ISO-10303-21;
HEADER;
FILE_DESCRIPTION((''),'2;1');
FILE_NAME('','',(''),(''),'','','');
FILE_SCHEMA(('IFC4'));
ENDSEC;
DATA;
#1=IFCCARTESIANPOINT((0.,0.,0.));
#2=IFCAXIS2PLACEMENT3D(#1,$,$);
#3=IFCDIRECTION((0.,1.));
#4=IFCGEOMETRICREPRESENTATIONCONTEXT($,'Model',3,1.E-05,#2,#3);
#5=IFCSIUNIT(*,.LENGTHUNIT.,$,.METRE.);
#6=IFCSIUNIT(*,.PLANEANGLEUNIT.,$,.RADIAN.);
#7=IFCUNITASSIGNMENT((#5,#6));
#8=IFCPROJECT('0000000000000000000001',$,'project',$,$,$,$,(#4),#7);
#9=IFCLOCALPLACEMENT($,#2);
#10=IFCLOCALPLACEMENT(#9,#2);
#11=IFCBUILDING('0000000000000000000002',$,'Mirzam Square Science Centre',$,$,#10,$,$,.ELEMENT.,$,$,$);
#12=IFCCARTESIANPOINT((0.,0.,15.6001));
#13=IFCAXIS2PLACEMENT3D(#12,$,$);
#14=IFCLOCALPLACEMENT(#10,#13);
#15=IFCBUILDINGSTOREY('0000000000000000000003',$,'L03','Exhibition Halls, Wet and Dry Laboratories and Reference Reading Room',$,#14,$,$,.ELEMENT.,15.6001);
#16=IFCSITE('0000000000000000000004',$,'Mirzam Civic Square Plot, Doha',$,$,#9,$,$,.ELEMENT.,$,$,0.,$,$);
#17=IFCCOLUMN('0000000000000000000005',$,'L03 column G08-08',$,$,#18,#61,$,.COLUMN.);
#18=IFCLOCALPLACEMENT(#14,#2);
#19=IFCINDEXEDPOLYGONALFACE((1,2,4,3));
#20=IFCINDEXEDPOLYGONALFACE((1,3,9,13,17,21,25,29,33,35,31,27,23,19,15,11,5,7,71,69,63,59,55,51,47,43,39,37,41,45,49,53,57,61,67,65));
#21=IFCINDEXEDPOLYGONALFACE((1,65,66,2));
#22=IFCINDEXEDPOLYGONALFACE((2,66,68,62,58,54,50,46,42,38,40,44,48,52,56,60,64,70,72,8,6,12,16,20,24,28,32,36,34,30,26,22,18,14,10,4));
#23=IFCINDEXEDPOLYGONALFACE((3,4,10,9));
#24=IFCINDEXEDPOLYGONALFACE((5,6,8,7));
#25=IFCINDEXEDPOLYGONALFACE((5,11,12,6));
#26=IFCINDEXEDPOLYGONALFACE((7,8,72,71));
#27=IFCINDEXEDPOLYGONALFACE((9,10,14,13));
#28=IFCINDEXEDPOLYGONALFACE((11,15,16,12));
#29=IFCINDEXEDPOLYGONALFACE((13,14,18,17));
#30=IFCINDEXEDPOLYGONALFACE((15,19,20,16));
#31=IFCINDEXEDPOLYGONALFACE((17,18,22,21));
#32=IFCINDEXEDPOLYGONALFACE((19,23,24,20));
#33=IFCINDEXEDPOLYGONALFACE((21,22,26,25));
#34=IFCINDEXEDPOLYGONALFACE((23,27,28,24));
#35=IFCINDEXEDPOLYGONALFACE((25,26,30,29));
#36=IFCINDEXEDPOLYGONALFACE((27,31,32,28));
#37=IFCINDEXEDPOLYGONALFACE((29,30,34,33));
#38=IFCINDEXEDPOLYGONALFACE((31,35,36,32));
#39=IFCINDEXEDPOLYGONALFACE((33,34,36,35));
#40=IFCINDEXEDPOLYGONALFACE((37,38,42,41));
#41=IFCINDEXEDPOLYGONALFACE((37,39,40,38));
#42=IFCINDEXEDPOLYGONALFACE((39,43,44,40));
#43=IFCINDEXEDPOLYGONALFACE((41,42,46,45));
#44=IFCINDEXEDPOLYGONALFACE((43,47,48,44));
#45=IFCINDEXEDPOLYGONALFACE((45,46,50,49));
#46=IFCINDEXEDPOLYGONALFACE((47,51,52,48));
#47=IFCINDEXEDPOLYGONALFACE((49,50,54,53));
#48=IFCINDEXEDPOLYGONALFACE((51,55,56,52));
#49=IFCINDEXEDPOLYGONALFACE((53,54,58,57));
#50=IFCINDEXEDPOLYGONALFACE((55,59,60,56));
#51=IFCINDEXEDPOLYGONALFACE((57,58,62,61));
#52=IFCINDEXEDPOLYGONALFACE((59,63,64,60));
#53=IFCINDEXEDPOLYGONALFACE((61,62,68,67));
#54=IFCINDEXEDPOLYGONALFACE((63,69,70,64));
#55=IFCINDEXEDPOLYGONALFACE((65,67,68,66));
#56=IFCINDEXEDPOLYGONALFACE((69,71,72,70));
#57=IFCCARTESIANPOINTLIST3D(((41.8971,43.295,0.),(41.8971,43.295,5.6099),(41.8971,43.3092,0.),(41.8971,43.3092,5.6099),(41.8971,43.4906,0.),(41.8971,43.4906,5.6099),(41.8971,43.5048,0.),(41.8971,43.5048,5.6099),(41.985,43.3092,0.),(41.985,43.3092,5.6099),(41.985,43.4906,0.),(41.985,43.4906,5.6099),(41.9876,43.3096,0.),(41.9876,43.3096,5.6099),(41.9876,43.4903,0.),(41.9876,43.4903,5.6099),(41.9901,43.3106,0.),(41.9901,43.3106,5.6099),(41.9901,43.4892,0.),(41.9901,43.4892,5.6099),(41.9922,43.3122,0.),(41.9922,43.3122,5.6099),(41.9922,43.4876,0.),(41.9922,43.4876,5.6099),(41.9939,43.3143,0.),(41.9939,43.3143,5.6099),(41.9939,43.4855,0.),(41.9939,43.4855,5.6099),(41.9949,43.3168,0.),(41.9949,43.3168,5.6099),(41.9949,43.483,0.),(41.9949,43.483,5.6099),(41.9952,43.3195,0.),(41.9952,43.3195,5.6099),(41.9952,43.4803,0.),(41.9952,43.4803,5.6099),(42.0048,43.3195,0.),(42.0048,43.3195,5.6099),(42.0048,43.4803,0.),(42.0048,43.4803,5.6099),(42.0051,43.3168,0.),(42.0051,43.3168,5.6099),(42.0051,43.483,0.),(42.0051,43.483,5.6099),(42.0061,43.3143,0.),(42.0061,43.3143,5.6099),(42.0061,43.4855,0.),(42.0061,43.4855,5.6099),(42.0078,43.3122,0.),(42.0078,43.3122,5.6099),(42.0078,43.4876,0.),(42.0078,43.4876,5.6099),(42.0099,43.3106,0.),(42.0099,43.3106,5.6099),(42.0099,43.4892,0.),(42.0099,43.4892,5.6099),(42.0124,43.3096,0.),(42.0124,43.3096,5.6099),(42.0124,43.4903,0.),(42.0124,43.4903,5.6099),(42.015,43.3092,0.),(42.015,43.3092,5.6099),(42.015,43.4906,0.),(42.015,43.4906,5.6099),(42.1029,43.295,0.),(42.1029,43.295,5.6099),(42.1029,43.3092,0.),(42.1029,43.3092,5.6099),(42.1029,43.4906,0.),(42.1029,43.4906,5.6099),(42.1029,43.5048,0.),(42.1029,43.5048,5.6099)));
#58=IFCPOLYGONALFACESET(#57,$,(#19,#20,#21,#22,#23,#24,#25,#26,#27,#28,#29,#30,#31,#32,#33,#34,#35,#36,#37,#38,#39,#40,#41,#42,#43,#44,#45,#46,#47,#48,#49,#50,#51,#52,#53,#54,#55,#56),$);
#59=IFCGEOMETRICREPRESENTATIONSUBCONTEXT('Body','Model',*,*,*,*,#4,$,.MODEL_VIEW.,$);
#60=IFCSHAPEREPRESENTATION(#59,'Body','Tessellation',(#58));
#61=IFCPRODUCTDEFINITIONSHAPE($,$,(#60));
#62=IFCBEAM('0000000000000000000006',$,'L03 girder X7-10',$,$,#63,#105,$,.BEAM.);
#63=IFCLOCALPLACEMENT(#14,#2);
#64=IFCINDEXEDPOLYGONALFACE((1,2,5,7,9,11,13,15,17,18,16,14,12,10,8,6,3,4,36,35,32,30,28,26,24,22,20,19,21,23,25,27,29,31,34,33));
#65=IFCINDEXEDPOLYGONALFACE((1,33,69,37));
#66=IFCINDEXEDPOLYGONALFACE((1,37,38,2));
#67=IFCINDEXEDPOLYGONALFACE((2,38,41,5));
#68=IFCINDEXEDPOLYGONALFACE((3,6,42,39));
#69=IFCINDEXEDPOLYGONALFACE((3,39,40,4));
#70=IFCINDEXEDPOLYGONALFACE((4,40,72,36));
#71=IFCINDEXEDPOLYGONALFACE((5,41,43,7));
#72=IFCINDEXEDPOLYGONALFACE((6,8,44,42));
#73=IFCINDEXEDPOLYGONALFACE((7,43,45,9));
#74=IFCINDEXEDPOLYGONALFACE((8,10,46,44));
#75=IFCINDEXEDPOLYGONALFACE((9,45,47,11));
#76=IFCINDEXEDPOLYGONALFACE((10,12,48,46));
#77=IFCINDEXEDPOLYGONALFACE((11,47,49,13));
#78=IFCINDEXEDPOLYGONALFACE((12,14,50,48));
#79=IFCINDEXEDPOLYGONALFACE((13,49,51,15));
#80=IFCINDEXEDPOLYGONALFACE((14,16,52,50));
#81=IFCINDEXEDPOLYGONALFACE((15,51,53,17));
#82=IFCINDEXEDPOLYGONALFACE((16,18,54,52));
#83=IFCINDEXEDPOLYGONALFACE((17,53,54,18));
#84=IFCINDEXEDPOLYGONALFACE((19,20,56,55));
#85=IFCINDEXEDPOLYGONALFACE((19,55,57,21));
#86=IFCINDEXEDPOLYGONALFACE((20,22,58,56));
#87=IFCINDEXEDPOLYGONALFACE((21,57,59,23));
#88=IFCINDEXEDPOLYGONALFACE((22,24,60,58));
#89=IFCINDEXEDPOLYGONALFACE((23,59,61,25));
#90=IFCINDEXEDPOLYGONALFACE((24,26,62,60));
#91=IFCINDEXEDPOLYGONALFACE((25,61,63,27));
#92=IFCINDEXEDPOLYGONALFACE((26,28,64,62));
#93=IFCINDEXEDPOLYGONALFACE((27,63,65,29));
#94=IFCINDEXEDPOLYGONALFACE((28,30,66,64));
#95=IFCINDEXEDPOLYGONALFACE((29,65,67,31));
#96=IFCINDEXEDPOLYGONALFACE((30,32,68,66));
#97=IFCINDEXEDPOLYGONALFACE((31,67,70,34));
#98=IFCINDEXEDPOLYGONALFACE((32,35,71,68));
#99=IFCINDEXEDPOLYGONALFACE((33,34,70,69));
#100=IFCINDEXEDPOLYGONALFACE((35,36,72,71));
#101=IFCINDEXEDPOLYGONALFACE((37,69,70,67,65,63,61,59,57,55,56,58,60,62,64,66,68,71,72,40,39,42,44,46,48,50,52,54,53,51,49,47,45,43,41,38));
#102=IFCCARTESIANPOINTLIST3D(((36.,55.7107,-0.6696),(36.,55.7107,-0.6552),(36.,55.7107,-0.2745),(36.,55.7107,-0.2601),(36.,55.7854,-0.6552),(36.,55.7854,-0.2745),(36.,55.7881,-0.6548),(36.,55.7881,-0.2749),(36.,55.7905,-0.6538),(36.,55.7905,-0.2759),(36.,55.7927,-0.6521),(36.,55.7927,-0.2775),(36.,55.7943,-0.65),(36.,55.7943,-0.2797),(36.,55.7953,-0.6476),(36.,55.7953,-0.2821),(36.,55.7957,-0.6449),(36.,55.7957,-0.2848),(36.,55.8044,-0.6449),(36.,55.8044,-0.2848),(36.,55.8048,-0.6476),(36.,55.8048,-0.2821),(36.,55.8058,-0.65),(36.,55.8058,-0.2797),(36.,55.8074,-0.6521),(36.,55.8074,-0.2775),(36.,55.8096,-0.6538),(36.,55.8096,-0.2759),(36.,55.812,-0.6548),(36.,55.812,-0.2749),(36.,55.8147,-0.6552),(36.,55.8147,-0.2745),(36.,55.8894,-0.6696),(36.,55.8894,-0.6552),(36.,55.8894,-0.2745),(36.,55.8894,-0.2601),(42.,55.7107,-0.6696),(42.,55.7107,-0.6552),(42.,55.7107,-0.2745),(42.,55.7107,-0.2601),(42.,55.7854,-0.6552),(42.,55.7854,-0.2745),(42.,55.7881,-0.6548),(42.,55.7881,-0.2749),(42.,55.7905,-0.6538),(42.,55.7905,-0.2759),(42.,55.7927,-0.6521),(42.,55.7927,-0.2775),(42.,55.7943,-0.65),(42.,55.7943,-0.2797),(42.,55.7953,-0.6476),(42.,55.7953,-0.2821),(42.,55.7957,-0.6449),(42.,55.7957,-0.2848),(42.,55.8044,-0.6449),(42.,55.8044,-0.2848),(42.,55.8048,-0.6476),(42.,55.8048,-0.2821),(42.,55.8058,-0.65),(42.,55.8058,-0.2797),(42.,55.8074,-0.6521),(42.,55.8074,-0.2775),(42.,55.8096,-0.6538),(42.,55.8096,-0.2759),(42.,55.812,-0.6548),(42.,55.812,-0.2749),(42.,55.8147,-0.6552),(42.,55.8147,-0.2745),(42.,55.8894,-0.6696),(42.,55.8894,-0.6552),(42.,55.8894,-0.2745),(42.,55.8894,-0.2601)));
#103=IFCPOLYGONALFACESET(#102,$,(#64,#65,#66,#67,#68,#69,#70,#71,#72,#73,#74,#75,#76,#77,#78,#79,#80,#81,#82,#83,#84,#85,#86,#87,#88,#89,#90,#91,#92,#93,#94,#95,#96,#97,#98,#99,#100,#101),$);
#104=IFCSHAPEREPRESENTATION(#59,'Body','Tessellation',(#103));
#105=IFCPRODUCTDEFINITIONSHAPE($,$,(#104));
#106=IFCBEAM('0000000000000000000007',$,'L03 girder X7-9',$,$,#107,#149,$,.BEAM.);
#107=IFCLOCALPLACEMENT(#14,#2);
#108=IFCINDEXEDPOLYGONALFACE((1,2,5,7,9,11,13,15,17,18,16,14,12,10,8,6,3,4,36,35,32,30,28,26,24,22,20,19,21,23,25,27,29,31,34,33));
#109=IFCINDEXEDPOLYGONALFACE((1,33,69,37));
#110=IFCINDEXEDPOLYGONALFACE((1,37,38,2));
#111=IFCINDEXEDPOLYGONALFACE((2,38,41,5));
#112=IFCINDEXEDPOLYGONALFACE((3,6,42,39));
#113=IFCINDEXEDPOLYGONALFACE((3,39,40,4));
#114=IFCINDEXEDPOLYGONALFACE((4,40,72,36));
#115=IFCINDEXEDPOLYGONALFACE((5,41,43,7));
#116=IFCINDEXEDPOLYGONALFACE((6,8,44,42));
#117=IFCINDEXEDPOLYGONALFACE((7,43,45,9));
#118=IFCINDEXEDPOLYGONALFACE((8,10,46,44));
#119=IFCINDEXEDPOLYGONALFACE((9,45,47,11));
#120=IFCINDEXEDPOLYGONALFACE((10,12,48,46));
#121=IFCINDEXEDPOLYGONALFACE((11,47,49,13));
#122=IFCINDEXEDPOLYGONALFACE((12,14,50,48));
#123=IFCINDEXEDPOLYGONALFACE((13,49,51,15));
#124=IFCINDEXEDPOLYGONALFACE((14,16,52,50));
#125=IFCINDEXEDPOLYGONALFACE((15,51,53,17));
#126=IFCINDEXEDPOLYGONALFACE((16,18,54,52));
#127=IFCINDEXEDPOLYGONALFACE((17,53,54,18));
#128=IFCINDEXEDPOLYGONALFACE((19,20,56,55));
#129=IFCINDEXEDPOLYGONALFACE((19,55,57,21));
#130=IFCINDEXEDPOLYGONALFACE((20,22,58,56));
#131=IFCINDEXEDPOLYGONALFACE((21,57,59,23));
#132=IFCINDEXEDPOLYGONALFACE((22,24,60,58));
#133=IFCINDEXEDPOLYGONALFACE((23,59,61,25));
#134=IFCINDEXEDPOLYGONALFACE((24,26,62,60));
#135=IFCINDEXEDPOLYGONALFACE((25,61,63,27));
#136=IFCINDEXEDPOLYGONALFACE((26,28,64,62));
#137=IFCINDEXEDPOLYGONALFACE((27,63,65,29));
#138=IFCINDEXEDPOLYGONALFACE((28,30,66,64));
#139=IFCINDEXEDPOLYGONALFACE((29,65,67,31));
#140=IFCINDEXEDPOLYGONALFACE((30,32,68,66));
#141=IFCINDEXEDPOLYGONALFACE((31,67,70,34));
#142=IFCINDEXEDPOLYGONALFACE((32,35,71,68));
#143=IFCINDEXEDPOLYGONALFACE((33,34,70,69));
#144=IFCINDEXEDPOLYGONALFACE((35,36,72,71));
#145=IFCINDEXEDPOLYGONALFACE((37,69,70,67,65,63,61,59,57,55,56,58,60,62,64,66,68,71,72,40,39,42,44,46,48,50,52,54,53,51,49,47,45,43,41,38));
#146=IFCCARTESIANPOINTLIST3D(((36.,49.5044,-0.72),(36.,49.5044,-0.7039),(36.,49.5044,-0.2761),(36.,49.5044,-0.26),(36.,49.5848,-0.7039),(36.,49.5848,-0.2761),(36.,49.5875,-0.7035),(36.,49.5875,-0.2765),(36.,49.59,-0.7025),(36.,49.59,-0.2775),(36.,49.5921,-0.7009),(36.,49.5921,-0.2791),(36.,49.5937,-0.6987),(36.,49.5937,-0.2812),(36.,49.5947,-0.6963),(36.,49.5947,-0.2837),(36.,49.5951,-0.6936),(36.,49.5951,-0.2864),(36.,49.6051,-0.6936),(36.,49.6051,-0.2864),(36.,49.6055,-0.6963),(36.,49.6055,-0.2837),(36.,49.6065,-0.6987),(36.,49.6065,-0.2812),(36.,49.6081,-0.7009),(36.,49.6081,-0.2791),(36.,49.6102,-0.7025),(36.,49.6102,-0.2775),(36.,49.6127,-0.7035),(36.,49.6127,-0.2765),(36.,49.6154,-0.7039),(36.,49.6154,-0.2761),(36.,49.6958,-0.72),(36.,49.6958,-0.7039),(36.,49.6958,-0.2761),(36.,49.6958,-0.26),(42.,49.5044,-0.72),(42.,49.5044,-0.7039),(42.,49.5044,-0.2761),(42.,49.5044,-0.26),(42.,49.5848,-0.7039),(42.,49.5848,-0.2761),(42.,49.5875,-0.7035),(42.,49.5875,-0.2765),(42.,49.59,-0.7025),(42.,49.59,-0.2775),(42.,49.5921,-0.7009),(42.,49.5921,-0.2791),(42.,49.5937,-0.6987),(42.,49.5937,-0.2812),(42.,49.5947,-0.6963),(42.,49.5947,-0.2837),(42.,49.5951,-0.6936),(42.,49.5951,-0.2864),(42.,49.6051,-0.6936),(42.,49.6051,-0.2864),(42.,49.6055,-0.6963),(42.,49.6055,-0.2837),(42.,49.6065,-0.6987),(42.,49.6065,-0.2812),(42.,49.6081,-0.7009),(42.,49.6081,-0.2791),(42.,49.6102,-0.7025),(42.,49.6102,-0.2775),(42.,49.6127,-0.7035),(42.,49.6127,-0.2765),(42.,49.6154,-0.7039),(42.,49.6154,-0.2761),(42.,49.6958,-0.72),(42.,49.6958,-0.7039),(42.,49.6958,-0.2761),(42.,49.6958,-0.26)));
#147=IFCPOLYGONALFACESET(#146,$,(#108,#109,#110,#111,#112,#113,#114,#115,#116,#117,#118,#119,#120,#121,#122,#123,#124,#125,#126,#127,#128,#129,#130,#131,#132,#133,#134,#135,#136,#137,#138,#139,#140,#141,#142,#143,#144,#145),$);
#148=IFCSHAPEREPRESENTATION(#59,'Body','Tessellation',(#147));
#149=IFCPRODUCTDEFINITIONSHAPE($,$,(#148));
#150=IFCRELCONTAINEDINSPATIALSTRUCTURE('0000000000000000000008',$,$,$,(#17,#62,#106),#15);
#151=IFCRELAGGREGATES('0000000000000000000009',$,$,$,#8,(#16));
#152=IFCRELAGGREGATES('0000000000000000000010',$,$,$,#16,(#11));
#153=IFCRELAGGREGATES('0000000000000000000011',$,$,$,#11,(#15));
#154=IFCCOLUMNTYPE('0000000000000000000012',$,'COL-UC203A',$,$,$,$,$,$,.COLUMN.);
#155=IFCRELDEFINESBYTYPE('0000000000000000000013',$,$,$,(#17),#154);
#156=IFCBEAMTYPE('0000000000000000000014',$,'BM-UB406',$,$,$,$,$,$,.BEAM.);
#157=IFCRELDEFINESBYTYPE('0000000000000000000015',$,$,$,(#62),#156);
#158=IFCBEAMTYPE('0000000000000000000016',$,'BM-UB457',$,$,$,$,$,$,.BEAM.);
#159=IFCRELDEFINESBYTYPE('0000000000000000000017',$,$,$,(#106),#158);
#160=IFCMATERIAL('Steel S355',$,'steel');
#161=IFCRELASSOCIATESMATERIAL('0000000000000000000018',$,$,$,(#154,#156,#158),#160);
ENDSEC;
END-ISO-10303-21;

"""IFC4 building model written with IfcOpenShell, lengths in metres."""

from ifc_helpers import new_model, si_unit, direction, frame, origin, origin_2d, place, context, subcontext, project, spatial, i_section, extrude, material, material_profile, profile_set, type_object, element, save


model = new_model("IFC4")

# Units and contexts
model_context = context("Model", 3, precision=1e-05, world=origin(), true_north=direction((0.0, 1.0)))
body_context = subcontext(model_context, "Body", "Model", "MODEL_VIEW")
ifc_project = project(units=[si_unit("LENGTHUNIT", "METRE"), si_unit("PLANEANGLEUNIT", "RADIAN")], contexts=[model_context])

# Site, building, storey
site_placement = place(None, origin())
site = spatial("IfcSite", under=ifc_project, at=site_placement, Name="Mirzam Civic Square Plot, Doha", CompositionType="ELEMENT", RefElevation=0.0)
building_placement = place(site_placement, origin())
building = spatial("IfcBuilding", under=site, at=building_placement, Name="Mirzam Square Science Centre", CompositionType="ELEMENT")
storey_placement = place(building_placement, frame((0.0, 0.0, 15.6001)))
storey = spatial("IfcBuildingStorey", under=building, at=storey_placement, Name="L03", Description="Exhibition Halls, Wet and Dry Laboratories and Reference Reading Room", CompositionType="ELEMENT", Elevation=15.6001)

# Column
ifc_material_1 = material(Name="Steel S355", Category="steel")
ifc_material_profile_1 = material_profile(ifc_material_1, i_section(OverallWidth=0.2058, OverallDepth=0.2097, WebThickness=0.0095, FlangeThickness=0.0142, FilletRadius=0.0103, at=origin_2d()), Name="203x203x60UC")
ifc_profile_set_1 = profile_set([ifc_material_profile_1], Name="Steel S355")
column_type_1 = type_object("IfcColumnType", Name="COL-UC203A", PredefinedType="COLUMN", material=ifc_profile_set_1)
column_1_placement = place(storey_placement, frame((42.0, 43.3999, 0.0), z_axis=(0.0, 0.0, 1.0), x_axis=(1.0, 0.0, 0.0)))
element("IfcColumn", 1, at=column_1_placement, inside=storey, type_object=column_type_1, Name="L03 column G08-08", PredefinedType="COLUMN", context=body_context, shape_type="SweptSolid", body=[
    extrude(i_section(OverallWidth=0.2058, OverallDepth=0.2097, WebThickness=0.0095, FlangeThickness=0.0142, FilletRadius=0.0103, at=origin_2d()), origin(), (0.0, 0.0, 1.0), 5.6099),
])

# Beams
ifc_material_profile_2 = material_profile(ifc_material_1, i_section(OverallWidth=0.1787, OverallDepth=0.4094, WebThickness=0.0088, FlangeThickness=0.0144, FilletRadius=0.0103, at=origin_2d()), Name="406x178x67UB")
ifc_profile_set_2 = profile_set([ifc_material_profile_2], Name="Steel S355")
beam_type_1 = type_object("IfcBeamType", Name="BM-UB406", PredefinedType="BEAM", material=ifc_profile_set_2)
beam_1_placement = place(storey_placement, frame((36.0, 55.8, -0.4648), z_axis=(1.0, 0.0, 0.0), x_axis=(0.0, 1.0, 0.0)))
element("IfcBeam", 2, at=beam_1_placement, inside=storey, type_object=beam_type_1, Name="L03 girder X7-10", PredefinedType="BEAM", context=body_context, shape_type="SweptSolid", body=[
    extrude(i_section(OverallWidth=0.1787, OverallDepth=0.4094, WebThickness=0.0088, FlangeThickness=0.0144, FilletRadius=0.0103, at=origin_2d()), origin(), (0.0, 0.0, 1.0), 6.0),
])
ifc_material_profile_3 = material_profile(ifc_material_1, i_section(OverallWidth=0.1914, OverallDepth=0.46, WebThickness=0.01, FlangeThickness=0.0161, FilletRadius=0.0103, at=origin_2d()), Name="457x191x82UB")
ifc_profile_set_3 = profile_set([ifc_material_profile_3], Name="Steel S355")
beam_type_2 = type_object("IfcBeamType", Name="BM-UB457", PredefinedType="BEAM", material=ifc_profile_set_3)
beam_2_placement = place(storey_placement, frame((36.0, 49.6001, -0.49), z_axis=(1.0, 0.0, 0.0), x_axis=(0.0, 1.0, 0.0)))
element("IfcBeam", 3, at=beam_2_placement, inside=storey, type_object=beam_type_2, Name="L03 girder X7-9", PredefinedType="BEAM", context=body_context, shape_type="SweptSolid", body=[
    extrude(i_section(OverallWidth=0.1914, OverallDepth=0.46, WebThickness=0.01, FlangeThickness=0.0161, FilletRadius=0.0103, at=origin_2d()), origin(), (0.0, 0.0, 1.0), 6.0),
])

save(model, "model.ifc")
